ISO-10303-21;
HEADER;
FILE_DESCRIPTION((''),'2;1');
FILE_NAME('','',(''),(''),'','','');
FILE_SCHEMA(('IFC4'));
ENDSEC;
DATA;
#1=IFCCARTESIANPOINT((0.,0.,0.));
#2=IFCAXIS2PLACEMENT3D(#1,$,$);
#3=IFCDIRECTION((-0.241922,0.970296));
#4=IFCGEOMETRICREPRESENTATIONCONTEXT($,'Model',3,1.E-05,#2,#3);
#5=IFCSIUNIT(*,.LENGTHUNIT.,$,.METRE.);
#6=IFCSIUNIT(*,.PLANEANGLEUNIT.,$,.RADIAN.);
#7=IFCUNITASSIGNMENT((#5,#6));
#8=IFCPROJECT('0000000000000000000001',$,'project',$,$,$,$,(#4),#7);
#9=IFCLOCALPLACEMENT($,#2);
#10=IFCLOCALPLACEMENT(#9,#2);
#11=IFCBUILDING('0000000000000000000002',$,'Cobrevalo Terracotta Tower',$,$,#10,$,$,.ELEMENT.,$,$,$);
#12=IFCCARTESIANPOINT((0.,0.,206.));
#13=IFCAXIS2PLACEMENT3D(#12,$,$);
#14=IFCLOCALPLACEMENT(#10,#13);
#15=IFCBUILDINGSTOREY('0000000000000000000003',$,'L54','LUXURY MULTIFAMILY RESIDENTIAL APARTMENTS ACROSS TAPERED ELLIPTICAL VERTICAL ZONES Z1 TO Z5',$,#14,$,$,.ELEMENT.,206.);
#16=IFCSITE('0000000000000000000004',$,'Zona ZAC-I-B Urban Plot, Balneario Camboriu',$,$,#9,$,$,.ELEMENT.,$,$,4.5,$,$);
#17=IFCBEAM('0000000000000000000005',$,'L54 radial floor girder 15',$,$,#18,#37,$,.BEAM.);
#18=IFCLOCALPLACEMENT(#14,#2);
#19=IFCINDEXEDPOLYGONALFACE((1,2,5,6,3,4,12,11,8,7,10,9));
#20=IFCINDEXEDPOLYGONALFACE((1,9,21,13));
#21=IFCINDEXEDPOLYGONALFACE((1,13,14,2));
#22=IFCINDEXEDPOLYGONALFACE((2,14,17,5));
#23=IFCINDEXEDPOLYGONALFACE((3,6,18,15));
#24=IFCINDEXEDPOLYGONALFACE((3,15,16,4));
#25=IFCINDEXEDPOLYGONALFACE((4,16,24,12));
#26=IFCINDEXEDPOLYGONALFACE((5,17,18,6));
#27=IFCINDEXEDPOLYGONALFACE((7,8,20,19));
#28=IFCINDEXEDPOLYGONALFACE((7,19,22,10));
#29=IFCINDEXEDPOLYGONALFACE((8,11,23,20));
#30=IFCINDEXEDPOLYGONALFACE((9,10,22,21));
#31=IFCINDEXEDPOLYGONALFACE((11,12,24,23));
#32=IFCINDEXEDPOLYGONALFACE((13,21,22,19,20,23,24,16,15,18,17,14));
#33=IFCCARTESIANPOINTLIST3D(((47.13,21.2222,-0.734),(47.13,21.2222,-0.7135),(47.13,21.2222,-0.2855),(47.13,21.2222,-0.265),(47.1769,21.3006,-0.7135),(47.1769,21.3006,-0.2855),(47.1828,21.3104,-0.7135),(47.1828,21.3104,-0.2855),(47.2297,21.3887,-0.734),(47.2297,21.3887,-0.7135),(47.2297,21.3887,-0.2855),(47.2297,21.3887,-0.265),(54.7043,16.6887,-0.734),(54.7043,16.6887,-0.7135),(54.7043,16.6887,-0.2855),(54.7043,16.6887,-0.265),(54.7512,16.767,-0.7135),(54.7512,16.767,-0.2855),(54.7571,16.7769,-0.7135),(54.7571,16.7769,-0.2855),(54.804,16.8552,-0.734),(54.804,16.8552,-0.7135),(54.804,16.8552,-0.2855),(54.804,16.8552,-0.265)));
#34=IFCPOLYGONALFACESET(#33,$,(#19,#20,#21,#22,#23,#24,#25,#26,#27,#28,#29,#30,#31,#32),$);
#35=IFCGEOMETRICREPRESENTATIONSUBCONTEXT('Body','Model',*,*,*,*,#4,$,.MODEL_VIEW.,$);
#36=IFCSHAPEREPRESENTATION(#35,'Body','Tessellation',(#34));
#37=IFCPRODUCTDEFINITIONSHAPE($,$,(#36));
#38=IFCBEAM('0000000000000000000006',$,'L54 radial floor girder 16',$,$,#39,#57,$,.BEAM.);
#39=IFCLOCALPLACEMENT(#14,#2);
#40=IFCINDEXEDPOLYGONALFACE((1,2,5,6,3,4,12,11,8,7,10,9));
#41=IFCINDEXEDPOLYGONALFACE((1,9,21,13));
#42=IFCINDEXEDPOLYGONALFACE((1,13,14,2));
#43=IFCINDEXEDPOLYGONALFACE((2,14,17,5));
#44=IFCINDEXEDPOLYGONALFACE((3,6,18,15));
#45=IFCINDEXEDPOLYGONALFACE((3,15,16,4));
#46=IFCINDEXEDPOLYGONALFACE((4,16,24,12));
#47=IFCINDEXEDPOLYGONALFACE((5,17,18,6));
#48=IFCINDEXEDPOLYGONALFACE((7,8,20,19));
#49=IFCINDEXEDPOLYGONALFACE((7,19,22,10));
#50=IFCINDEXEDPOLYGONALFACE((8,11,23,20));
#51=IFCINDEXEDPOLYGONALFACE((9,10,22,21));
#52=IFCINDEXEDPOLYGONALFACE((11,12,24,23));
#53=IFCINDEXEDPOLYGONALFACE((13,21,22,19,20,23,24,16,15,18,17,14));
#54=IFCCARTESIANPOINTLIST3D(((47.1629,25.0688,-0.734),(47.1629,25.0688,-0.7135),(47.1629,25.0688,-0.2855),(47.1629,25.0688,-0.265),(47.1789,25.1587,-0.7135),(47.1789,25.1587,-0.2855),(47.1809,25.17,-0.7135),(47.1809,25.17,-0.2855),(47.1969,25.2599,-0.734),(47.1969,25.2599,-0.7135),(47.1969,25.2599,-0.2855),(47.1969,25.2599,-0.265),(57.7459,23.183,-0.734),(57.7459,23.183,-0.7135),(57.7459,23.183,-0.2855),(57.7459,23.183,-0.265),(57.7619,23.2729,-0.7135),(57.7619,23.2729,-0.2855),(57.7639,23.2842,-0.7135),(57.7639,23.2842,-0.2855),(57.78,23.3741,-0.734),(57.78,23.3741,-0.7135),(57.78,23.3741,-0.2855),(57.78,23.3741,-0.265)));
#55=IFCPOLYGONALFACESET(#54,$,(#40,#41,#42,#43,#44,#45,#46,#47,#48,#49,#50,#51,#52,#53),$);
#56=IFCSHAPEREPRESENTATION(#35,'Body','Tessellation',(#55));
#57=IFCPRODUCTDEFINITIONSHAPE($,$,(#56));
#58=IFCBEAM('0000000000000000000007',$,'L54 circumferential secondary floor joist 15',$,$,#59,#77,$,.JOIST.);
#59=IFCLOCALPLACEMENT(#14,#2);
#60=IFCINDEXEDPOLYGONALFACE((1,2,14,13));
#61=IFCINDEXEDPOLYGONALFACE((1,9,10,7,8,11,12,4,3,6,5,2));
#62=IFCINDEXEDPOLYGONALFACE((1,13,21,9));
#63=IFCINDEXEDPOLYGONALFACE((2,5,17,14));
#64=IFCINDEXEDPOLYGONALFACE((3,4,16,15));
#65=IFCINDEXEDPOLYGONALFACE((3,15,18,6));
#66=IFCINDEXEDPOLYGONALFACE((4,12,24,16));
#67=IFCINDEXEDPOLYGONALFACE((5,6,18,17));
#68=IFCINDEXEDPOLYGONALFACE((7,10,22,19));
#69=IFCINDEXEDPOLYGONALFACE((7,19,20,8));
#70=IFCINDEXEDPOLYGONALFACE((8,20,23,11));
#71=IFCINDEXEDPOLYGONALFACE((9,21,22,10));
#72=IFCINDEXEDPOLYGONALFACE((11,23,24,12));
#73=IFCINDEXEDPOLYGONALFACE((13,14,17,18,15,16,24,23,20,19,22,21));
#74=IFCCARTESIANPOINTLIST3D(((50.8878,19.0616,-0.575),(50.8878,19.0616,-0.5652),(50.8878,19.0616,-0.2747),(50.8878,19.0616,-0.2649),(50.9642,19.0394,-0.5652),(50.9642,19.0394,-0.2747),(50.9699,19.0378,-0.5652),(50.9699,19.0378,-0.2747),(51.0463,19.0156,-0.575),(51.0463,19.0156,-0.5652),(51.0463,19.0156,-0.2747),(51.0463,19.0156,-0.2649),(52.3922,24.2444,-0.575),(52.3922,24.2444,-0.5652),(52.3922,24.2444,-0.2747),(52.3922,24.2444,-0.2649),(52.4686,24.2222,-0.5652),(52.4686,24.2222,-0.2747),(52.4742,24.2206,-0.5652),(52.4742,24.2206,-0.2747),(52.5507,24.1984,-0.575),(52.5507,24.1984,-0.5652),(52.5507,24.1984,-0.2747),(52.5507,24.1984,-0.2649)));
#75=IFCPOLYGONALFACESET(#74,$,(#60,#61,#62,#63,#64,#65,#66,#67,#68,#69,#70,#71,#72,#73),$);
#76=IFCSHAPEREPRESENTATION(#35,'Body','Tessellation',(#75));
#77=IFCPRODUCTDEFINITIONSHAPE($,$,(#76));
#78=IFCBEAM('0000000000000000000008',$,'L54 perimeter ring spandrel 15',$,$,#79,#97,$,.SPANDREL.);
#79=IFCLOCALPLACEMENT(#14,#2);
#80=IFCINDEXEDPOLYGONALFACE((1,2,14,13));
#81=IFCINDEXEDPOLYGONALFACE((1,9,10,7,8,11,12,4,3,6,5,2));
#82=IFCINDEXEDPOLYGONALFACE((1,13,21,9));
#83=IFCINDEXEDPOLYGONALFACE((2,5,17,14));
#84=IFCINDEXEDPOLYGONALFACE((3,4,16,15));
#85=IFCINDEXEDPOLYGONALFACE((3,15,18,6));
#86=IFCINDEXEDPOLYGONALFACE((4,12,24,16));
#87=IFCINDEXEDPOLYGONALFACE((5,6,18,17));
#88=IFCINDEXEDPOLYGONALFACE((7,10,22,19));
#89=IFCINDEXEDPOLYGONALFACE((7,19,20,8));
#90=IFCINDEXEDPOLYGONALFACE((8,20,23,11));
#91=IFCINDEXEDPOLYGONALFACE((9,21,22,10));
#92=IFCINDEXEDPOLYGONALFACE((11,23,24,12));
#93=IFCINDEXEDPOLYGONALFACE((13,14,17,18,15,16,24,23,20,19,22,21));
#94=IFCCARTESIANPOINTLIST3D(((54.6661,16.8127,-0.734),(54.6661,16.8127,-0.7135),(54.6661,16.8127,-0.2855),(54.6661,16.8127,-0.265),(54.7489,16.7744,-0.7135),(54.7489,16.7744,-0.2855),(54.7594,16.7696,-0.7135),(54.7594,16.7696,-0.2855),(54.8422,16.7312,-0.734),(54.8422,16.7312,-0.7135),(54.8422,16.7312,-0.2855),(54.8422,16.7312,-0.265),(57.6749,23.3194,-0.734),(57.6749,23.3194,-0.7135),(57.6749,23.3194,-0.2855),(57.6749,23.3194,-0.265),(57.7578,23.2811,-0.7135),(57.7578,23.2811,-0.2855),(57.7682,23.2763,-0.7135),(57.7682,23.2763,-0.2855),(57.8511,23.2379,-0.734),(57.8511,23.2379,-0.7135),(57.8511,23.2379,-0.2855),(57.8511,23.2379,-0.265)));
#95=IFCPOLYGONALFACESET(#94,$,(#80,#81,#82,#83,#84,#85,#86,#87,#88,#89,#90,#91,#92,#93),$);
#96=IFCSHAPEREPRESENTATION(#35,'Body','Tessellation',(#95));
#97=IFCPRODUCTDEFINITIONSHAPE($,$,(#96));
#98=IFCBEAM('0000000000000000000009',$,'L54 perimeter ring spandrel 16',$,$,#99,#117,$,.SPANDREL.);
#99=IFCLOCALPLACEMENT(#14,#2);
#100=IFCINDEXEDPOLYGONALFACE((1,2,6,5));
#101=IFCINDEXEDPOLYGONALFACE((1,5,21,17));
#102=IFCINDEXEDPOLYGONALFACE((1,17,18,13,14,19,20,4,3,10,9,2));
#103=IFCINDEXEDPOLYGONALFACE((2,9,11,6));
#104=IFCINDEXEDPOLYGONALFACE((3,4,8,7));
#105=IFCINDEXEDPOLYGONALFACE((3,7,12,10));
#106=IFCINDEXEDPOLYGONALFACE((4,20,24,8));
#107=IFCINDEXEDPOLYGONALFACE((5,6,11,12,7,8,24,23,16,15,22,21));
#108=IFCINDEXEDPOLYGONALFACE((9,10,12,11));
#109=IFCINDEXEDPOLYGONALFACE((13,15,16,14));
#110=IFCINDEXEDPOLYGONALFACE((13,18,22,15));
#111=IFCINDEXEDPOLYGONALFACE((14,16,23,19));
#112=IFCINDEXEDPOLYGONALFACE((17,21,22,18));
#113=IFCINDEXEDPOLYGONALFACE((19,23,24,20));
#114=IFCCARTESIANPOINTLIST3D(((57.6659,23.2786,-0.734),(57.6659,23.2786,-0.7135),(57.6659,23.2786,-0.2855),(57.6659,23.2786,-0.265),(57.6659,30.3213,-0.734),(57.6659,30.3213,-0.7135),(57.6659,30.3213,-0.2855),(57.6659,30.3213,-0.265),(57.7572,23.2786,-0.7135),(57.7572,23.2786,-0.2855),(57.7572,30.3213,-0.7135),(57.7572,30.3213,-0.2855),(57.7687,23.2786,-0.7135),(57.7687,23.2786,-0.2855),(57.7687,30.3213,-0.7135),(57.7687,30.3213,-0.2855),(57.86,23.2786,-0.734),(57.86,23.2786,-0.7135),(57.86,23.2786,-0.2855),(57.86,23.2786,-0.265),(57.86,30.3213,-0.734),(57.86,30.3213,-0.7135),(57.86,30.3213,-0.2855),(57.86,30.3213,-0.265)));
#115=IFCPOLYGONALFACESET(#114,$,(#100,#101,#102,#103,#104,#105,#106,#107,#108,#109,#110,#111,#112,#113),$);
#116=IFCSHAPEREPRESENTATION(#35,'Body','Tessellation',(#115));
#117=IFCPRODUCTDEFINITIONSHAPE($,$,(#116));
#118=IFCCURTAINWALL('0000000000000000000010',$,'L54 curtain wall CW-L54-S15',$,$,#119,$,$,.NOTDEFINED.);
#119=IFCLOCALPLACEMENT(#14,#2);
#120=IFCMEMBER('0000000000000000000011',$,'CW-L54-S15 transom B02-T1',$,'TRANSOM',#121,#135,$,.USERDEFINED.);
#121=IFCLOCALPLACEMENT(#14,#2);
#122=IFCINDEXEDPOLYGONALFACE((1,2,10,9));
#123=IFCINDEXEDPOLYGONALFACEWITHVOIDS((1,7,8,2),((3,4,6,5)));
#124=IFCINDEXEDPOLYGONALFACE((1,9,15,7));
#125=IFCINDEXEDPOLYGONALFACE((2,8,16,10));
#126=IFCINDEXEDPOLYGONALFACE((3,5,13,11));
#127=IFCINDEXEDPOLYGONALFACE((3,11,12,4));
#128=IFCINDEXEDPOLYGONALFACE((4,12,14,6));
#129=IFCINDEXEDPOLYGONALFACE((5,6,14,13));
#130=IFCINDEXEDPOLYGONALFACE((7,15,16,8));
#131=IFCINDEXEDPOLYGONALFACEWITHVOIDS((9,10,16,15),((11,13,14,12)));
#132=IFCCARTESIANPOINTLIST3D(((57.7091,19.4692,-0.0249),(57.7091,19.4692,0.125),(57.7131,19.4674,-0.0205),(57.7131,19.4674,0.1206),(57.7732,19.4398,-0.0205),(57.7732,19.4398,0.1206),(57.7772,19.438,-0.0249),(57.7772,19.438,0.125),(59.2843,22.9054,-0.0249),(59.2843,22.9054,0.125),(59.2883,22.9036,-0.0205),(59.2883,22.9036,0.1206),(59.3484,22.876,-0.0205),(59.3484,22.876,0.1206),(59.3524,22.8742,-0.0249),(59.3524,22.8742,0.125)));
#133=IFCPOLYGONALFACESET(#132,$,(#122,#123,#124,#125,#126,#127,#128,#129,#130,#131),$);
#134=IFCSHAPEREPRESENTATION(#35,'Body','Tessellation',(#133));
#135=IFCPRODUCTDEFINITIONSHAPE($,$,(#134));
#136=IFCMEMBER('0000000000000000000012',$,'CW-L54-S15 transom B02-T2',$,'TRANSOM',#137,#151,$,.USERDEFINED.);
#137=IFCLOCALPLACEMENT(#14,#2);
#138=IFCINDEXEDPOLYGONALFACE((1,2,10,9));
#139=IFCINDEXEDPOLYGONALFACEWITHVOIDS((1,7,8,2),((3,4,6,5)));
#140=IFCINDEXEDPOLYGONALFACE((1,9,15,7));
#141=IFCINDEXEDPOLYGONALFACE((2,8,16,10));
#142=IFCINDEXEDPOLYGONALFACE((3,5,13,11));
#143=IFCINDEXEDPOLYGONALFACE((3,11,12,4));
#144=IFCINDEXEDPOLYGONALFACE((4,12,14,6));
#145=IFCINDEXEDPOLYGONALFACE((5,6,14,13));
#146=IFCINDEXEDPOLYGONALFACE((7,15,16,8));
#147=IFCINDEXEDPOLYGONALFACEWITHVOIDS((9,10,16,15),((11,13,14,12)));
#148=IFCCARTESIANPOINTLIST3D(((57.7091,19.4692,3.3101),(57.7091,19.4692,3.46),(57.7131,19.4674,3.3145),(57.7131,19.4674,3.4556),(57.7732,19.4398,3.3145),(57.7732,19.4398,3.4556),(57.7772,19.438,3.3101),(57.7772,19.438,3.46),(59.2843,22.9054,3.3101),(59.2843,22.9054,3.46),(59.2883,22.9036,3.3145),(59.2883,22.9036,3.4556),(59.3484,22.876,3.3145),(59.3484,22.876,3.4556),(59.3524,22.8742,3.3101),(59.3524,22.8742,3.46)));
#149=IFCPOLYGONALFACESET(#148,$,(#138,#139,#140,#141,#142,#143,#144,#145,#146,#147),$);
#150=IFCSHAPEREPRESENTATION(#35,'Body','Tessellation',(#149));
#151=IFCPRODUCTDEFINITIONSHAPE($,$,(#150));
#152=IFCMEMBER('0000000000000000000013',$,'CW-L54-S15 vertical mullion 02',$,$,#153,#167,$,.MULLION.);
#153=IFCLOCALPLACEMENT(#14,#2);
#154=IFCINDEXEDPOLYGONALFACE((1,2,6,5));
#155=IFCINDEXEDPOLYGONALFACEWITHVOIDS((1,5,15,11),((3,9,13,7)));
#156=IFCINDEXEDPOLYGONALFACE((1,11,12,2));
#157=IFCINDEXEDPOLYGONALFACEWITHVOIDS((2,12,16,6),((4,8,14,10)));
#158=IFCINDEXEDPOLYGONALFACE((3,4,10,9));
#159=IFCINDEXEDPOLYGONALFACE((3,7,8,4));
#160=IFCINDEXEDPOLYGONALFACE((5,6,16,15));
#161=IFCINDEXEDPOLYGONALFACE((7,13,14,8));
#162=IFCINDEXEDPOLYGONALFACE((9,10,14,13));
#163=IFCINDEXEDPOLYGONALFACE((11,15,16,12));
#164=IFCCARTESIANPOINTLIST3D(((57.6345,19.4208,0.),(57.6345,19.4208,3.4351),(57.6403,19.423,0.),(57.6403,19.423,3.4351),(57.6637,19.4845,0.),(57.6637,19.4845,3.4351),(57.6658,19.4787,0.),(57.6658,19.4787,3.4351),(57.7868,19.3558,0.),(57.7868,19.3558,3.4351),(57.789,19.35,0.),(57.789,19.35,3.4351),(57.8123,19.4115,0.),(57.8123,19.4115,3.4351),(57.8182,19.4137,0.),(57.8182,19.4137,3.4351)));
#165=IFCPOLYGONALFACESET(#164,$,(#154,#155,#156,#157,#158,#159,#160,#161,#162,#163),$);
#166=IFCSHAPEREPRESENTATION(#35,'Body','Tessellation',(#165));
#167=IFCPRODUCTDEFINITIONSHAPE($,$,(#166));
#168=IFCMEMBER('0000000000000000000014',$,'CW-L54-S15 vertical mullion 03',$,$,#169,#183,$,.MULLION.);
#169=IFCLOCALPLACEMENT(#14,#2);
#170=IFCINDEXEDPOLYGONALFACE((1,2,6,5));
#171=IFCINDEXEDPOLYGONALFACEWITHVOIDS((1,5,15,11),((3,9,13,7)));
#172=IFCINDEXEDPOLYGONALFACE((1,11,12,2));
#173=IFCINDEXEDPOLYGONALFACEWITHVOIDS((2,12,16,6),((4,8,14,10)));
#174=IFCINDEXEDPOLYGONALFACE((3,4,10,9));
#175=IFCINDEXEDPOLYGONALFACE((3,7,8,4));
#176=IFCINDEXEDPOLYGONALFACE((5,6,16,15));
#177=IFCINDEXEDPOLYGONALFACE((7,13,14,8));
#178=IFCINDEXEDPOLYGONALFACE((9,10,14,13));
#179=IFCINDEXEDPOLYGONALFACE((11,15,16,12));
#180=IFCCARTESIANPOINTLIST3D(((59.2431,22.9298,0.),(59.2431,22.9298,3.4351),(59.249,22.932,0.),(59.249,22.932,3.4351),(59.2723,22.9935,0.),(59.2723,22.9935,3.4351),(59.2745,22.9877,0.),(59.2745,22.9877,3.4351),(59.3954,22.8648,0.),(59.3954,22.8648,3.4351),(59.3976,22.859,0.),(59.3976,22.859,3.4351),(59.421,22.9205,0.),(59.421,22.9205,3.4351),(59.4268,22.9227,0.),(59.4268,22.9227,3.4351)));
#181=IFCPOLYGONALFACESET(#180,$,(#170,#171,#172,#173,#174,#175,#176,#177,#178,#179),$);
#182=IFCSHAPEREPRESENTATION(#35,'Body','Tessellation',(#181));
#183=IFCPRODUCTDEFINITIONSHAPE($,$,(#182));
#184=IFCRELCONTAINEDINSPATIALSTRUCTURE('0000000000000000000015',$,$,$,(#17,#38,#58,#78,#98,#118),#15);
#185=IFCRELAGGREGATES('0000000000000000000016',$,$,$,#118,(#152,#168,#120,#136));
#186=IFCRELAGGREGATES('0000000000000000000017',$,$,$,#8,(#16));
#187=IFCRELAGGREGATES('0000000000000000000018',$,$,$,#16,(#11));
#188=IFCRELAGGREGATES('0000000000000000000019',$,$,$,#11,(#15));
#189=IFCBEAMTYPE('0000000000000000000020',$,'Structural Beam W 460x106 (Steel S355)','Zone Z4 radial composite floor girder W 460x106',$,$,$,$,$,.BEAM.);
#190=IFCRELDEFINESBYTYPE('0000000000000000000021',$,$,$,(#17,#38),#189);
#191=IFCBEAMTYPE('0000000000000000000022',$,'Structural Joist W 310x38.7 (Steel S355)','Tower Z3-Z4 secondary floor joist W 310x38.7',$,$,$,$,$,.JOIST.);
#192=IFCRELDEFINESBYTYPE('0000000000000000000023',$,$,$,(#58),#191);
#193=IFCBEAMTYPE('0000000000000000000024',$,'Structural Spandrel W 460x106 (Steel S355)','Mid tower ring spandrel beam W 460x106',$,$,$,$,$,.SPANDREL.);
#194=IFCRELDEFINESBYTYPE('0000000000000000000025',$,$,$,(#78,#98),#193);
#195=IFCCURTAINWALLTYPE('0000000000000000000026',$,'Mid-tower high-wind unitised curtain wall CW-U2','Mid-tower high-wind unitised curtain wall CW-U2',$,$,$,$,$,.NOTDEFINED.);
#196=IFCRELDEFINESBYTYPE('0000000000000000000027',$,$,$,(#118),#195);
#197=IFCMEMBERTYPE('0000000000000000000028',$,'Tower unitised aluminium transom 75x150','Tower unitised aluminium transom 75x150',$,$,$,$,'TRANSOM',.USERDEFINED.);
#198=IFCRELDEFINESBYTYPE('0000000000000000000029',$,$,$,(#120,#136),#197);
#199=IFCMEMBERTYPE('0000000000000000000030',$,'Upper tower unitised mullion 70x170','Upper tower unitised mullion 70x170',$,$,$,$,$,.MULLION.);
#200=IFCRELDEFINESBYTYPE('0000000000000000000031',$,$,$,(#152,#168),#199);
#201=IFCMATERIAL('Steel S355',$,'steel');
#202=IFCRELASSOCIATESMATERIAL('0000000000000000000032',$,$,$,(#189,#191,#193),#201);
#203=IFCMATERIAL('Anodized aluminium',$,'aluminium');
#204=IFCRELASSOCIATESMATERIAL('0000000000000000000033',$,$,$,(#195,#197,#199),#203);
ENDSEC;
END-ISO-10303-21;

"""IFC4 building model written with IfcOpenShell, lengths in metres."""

from ifc_helpers import new_model, si_unit, direction, frame, origin, origin_2d, place, context, subcontext, project, spatial, hollow_rectangle, i_section, extrude, source, transform, mapped, material, material_profile, profile_set, type_object, element, aggregate, save


model = new_model("IFC4")

# Units and contexts
model_context = context("Model", 3, precision=1e-05, world=origin(), true_north=direction((-0.241922, 0.970296)))
body_context = subcontext(model_context, "Body", "Model", "MODEL_VIEW")
ifc_project = project(units=[si_unit("LENGTHUNIT", "METRE"), si_unit("PLANEANGLEUNIT", "RADIAN")], contexts=[model_context])

# Site, building, storey
site_placement = place(None, origin())
site = spatial("IfcSite", under=ifc_project, at=site_placement, Name="Zona ZAC-I-B Urban Plot, Balneario Camboriu", CompositionType="ELEMENT", RefElevation=4.5)
building_placement = place(site_placement, origin())
building = spatial("IfcBuilding", under=site, at=building_placement, Name="Cobrevalo Terracotta Tower", CompositionType="ELEMENT")
storey_placement = place(building_placement, frame((0.0, 0.0, 206.0)))
storey = spatial("IfcBuildingStorey", under=building, at=storey_placement, Name="L54", Description="LUXURY MULTIFAMILY RESIDENTIAL APARTMENTS ACROSS TAPERED ELLIPTICAL VERTICAL ZONES Z1 TO Z5", CompositionType="ELEMENT", Elevation=206.0)

# Shared definitions
ifc_material_1 = material(Name="Steel S355", Category="steel")

# Beams
ifc_material_profile_1 = material_profile(ifc_material_1, i_section(OverallWidth=0.1941, OverallDepth=0.469, WebThickness=0.0115, FlangeThickness=0.0205, at=origin_2d()), Name="W 460x106")
ifc_profile_set_1 = profile_set([ifc_material_profile_1], Name="Steel S355")
beam_type_1 = type_object("IfcBeamType", Name="Structural Beam W 460x106 (Steel S355)", Description="Zone Z4 radial composite floor girder W 460x106", PredefinedType="BEAM", material=ifc_profile_set_1)
beam_1_placement = place(storey_placement, frame((54.7542, 16.772, -0.4995), z_axis=(-0.858046, 0.513572, 0.0), x_axis=(-0.513572, -0.858046, 0.0)))
element("IfcBeam", 1, at=beam_1_placement, inside=storey, type_object=beam_type_1, Name="L54 radial floor girder 15", PredefinedType="BEAM", context=body_context, shape_type="SweptSolid", body=[
    extrude(i_section(OverallWidth=0.1941, OverallDepth=0.469, WebThickness=0.0115, FlangeThickness=0.0205, at=origin_2d()), origin(), (0.0, 0.0, 1.0), 8.8274),
])
beam_2_placement = place(storey_placement, frame((57.7629, 23.2786, -0.4995), z_axis=(-0.984493, 0.175423, 0.0), x_axis=(-0.175423, -0.984493, 0.0)))
element("IfcBeam", 2, at=beam_2_placement, inside=storey, type_object=beam_type_1, Name="L54 radial floor girder 16", PredefinedType="BEAM", context=body_context, shape_type="SweptSolid", body=[
    extrude(i_section(OverallWidth=0.1941, OverallDepth=0.469, WebThickness=0.0115, FlangeThickness=0.0205, at=origin_2d()), origin(), (0.0, 0.0, 1.0), 10.7498),
])
ifc_material_profile_2 = material_profile(ifc_material_1, i_section(OverallWidth=0.165, OverallDepth=0.3101, WebThickness=0.0059, FlangeThickness=0.0098, at=origin_2d()), Name="W 310x38.7")
ifc_profile_set_2 = profile_set([ifc_material_profile_2], Name="Steel S355")
beam_type_2 = type_object("IfcBeamType", Name="Structural Joist W 310x38.7 (Steel S355)", Description="Tower Z3-Z4 secondary floor joist W 310x38.7", PredefinedType="JOIST", material=ifc_profile_set_2)
beam_3_placement = place(storey_placement, frame((50.967, 19.0386, -0.4199), z_axis=(0.278758, 0.960361, 0.0), x_axis=(-0.960361, 0.278758, 0.0)))
element("IfcBeam", 3, at=beam_3_placement, inside=storey, type_object=beam_type_2, Name="L54 circumferential secondary floor joist 15", PredefinedType="JOIST", context=body_context, shape_type="SweptSolid", body=[
    extrude(i_section(OverallWidth=0.165, OverallDepth=0.3101, WebThickness=0.0059, FlangeThickness=0.0098, at=origin_2d()), origin(), (0.0, 0.0, 1.0), 5.3967),
])
ifc_material_profile_3 = material_profile(ifc_material_1, i_section(OverallWidth=0.1941, OverallDepth=0.469, WebThickness=0.0115, FlangeThickness=0.0205, at=origin_2d()), Name="W 460x106")
ifc_profile_set_3 = profile_set([ifc_material_profile_3], Name="Steel S355")
beam_type_3 = type_object("IfcBeamType", Name="Structural Spandrel W 460x106 (Steel S355)", Description="Mid tower ring spandrel beam W 460x106", PredefinedType="SPANDREL", material=ifc_profile_set_3)
beam_4_placement = place(storey_placement, frame((54.7542, 16.772, -0.4995), z_axis=(0.419719, 0.907654, 0.0), x_axis=(-0.907654, 0.419719, 0.0)))
element("IfcBeam", 4, at=beam_4_placement, inside=storey, type_object=beam_type_3, Name="L54 perimeter ring spandrel 15", PredefinedType="SPANDREL", context=body_context, shape_type="SweptSolid", body=[
    extrude(i_section(OverallWidth=0.1941, OverallDepth=0.469, WebThickness=0.0115, FlangeThickness=0.0205, at=origin_2d()), origin(), (0.0, 0.0, 1.0), 7.1687),
])
beam_5_placement = place(storey_placement, frame((57.7629, 23.2786, -0.4995), z_axis=(0.0, 1.0, 0.0), x_axis=(-1.0, 0.0, 0.0)))
element("IfcBeam", 5, at=beam_5_placement, inside=storey, type_object=beam_type_3, Name="L54 perimeter ring spandrel 16", PredefinedType="SPANDREL", context=body_context, shape_type="SweptSolid", body=[
    extrude(i_section(OverallWidth=0.1941, OverallDepth=0.469, WebThickness=0.0115, FlangeThickness=0.0205, at=origin_2d()), origin(), (0.0, 0.0, 1.0), 7.0427),
])

# Curtain wall, members
ifc_material_2 = material(Name="Anodized aluminium", Category="aluminium")
curtain_wall_type = type_object("IfcCurtainWallType", Name="Mid-tower high-wind unitised curtain wall CW-U2", Description="Mid-tower high-wind unitised curtain wall CW-U2", PredefinedType="NOTDEFINED", material=ifc_material_2)
curtain_wall_placement = place(storey_placement, origin())
curtain_wall = element("IfcCurtainWall", 6, at=curtain_wall_placement, inside=storey, type_object=curtain_wall_type, Name="L54 curtain wall CW-L54-S15", PredefinedType="NOTDEFINED")
ifc_material_profile_4 = material_profile(ifc_material_2, hollow_rectangle(XDim=0.075, YDim=0.1499, WallThickness=0.0044, at=origin_2d()), Name="CWT 75x150")
ifc_profile_set_4 = profile_set([ifc_material_profile_4], Name="Anodized aluminium")
member_type_1 = type_object("IfcMemberType", Name="Tower unitised aluminium transom 75x150", Description="Tower unitised aluminium transom 75x150", ElementType="TRANSOM", PredefinedType="USERDEFINED", material=ifc_profile_set_4)
shared_shape_1 = source(origin(), body_context, "Body", "SweptSolid", [
    extrude(hollow_rectangle(XDim=0.075, YDim=0.1499, WallThickness=0.0044, at=origin_2d()), origin(), (0.0, 0.0, 1.0), 3.78),
])
member_1_placement = place(storey_placement, frame((57.7432, 19.4536, 0.05), z_axis=(0.416706, 0.909041, 0.0), x_axis=(-0.909041, 0.416706, 0.0)))
member_1 = element("IfcMember", 7, at=member_1_placement, type_object=member_type_1, Name="CW-L54-S15 transom B02-T1", ObjectType="TRANSOM", PredefinedType="USERDEFINED", context=body_context, shape_type="MappedRepresentation", body=[
    mapped(shared_shape_1, transform((0.0, 0.0, 0.0), scale=1.0)),
])
member_2_placement = place(storey_placement, frame((57.7432, 19.4536, 3.385), z_axis=(0.416706, 0.909041, 0.0), x_axis=(-0.909041, 0.416706, 0.0)))
member_2 = element("IfcMember", 8, at=member_2_placement, type_object=member_type_1, Name="CW-L54-S15 transom B02-T2", ObjectType="TRANSOM", PredefinedType="USERDEFINED", context=body_context, shape_type="MappedRepresentation", body=[
    mapped(shared_shape_1, transform((0.0, 0.0, 0.0), scale=1.0)),
])
ifc_material_profile_5 = material_profile(ifc_material_2, hollow_rectangle(XDim=0.0701, YDim=0.1699, WallThickness=0.0044, at=origin_2d()), Name="CWM 70x170")
ifc_profile_set_5 = profile_set([ifc_material_profile_5], Name="Anodized aluminium")
member_type_2 = type_object("IfcMemberType", Name="Upper tower unitised mullion 70x170", Description="Upper tower unitised mullion 70x170", PredefinedType="MULLION", material=ifc_profile_set_5)
shared_shape_2 = source(origin(), body_context, "Body", "SweptSolid", [
    extrude(hollow_rectangle(XDim=0.0701, YDim=0.1699, WallThickness=0.0044, at=origin_2d()), origin(), (0.0, 0.0, 1.0), 3.4351),
])
member_3_placement = place(storey_placement, frame((57.7263, 19.4172, 0.0), z_axis=(0.0, 0.0, 1.0), x_axis=(0.416725, 0.909033, 0.0)))
member_3 = element("IfcMember", 9, at=member_3_placement, type_object=member_type_2, Name="CW-L54-S15 vertical mullion 02", PredefinedType="MULLION", context=body_context, shape_type="MappedRepresentation", body=[
    mapped(shared_shape_2, transform((0.0, 0.0, 0.0), scale=1.0)),
])
member_4_placement = place(storey_placement, frame((59.335, 22.9263, 0.0), z_axis=(0.0, 0.0, 1.0), x_axis=(0.416725, 0.909033, 0.0)))
member_4 = element("IfcMember", 10, at=member_4_placement, type_object=member_type_2, Name="CW-L54-S15 vertical mullion 03", PredefinedType="MULLION", context=body_context, shape_type="MappedRepresentation", body=[
    mapped(shared_shape_2, transform((0.0, 0.0, 0.0), scale=1.0)),
])
aggregate(curtain_wall, [member_3, member_4, member_1, member_2])

save(model, "model.ifc")
